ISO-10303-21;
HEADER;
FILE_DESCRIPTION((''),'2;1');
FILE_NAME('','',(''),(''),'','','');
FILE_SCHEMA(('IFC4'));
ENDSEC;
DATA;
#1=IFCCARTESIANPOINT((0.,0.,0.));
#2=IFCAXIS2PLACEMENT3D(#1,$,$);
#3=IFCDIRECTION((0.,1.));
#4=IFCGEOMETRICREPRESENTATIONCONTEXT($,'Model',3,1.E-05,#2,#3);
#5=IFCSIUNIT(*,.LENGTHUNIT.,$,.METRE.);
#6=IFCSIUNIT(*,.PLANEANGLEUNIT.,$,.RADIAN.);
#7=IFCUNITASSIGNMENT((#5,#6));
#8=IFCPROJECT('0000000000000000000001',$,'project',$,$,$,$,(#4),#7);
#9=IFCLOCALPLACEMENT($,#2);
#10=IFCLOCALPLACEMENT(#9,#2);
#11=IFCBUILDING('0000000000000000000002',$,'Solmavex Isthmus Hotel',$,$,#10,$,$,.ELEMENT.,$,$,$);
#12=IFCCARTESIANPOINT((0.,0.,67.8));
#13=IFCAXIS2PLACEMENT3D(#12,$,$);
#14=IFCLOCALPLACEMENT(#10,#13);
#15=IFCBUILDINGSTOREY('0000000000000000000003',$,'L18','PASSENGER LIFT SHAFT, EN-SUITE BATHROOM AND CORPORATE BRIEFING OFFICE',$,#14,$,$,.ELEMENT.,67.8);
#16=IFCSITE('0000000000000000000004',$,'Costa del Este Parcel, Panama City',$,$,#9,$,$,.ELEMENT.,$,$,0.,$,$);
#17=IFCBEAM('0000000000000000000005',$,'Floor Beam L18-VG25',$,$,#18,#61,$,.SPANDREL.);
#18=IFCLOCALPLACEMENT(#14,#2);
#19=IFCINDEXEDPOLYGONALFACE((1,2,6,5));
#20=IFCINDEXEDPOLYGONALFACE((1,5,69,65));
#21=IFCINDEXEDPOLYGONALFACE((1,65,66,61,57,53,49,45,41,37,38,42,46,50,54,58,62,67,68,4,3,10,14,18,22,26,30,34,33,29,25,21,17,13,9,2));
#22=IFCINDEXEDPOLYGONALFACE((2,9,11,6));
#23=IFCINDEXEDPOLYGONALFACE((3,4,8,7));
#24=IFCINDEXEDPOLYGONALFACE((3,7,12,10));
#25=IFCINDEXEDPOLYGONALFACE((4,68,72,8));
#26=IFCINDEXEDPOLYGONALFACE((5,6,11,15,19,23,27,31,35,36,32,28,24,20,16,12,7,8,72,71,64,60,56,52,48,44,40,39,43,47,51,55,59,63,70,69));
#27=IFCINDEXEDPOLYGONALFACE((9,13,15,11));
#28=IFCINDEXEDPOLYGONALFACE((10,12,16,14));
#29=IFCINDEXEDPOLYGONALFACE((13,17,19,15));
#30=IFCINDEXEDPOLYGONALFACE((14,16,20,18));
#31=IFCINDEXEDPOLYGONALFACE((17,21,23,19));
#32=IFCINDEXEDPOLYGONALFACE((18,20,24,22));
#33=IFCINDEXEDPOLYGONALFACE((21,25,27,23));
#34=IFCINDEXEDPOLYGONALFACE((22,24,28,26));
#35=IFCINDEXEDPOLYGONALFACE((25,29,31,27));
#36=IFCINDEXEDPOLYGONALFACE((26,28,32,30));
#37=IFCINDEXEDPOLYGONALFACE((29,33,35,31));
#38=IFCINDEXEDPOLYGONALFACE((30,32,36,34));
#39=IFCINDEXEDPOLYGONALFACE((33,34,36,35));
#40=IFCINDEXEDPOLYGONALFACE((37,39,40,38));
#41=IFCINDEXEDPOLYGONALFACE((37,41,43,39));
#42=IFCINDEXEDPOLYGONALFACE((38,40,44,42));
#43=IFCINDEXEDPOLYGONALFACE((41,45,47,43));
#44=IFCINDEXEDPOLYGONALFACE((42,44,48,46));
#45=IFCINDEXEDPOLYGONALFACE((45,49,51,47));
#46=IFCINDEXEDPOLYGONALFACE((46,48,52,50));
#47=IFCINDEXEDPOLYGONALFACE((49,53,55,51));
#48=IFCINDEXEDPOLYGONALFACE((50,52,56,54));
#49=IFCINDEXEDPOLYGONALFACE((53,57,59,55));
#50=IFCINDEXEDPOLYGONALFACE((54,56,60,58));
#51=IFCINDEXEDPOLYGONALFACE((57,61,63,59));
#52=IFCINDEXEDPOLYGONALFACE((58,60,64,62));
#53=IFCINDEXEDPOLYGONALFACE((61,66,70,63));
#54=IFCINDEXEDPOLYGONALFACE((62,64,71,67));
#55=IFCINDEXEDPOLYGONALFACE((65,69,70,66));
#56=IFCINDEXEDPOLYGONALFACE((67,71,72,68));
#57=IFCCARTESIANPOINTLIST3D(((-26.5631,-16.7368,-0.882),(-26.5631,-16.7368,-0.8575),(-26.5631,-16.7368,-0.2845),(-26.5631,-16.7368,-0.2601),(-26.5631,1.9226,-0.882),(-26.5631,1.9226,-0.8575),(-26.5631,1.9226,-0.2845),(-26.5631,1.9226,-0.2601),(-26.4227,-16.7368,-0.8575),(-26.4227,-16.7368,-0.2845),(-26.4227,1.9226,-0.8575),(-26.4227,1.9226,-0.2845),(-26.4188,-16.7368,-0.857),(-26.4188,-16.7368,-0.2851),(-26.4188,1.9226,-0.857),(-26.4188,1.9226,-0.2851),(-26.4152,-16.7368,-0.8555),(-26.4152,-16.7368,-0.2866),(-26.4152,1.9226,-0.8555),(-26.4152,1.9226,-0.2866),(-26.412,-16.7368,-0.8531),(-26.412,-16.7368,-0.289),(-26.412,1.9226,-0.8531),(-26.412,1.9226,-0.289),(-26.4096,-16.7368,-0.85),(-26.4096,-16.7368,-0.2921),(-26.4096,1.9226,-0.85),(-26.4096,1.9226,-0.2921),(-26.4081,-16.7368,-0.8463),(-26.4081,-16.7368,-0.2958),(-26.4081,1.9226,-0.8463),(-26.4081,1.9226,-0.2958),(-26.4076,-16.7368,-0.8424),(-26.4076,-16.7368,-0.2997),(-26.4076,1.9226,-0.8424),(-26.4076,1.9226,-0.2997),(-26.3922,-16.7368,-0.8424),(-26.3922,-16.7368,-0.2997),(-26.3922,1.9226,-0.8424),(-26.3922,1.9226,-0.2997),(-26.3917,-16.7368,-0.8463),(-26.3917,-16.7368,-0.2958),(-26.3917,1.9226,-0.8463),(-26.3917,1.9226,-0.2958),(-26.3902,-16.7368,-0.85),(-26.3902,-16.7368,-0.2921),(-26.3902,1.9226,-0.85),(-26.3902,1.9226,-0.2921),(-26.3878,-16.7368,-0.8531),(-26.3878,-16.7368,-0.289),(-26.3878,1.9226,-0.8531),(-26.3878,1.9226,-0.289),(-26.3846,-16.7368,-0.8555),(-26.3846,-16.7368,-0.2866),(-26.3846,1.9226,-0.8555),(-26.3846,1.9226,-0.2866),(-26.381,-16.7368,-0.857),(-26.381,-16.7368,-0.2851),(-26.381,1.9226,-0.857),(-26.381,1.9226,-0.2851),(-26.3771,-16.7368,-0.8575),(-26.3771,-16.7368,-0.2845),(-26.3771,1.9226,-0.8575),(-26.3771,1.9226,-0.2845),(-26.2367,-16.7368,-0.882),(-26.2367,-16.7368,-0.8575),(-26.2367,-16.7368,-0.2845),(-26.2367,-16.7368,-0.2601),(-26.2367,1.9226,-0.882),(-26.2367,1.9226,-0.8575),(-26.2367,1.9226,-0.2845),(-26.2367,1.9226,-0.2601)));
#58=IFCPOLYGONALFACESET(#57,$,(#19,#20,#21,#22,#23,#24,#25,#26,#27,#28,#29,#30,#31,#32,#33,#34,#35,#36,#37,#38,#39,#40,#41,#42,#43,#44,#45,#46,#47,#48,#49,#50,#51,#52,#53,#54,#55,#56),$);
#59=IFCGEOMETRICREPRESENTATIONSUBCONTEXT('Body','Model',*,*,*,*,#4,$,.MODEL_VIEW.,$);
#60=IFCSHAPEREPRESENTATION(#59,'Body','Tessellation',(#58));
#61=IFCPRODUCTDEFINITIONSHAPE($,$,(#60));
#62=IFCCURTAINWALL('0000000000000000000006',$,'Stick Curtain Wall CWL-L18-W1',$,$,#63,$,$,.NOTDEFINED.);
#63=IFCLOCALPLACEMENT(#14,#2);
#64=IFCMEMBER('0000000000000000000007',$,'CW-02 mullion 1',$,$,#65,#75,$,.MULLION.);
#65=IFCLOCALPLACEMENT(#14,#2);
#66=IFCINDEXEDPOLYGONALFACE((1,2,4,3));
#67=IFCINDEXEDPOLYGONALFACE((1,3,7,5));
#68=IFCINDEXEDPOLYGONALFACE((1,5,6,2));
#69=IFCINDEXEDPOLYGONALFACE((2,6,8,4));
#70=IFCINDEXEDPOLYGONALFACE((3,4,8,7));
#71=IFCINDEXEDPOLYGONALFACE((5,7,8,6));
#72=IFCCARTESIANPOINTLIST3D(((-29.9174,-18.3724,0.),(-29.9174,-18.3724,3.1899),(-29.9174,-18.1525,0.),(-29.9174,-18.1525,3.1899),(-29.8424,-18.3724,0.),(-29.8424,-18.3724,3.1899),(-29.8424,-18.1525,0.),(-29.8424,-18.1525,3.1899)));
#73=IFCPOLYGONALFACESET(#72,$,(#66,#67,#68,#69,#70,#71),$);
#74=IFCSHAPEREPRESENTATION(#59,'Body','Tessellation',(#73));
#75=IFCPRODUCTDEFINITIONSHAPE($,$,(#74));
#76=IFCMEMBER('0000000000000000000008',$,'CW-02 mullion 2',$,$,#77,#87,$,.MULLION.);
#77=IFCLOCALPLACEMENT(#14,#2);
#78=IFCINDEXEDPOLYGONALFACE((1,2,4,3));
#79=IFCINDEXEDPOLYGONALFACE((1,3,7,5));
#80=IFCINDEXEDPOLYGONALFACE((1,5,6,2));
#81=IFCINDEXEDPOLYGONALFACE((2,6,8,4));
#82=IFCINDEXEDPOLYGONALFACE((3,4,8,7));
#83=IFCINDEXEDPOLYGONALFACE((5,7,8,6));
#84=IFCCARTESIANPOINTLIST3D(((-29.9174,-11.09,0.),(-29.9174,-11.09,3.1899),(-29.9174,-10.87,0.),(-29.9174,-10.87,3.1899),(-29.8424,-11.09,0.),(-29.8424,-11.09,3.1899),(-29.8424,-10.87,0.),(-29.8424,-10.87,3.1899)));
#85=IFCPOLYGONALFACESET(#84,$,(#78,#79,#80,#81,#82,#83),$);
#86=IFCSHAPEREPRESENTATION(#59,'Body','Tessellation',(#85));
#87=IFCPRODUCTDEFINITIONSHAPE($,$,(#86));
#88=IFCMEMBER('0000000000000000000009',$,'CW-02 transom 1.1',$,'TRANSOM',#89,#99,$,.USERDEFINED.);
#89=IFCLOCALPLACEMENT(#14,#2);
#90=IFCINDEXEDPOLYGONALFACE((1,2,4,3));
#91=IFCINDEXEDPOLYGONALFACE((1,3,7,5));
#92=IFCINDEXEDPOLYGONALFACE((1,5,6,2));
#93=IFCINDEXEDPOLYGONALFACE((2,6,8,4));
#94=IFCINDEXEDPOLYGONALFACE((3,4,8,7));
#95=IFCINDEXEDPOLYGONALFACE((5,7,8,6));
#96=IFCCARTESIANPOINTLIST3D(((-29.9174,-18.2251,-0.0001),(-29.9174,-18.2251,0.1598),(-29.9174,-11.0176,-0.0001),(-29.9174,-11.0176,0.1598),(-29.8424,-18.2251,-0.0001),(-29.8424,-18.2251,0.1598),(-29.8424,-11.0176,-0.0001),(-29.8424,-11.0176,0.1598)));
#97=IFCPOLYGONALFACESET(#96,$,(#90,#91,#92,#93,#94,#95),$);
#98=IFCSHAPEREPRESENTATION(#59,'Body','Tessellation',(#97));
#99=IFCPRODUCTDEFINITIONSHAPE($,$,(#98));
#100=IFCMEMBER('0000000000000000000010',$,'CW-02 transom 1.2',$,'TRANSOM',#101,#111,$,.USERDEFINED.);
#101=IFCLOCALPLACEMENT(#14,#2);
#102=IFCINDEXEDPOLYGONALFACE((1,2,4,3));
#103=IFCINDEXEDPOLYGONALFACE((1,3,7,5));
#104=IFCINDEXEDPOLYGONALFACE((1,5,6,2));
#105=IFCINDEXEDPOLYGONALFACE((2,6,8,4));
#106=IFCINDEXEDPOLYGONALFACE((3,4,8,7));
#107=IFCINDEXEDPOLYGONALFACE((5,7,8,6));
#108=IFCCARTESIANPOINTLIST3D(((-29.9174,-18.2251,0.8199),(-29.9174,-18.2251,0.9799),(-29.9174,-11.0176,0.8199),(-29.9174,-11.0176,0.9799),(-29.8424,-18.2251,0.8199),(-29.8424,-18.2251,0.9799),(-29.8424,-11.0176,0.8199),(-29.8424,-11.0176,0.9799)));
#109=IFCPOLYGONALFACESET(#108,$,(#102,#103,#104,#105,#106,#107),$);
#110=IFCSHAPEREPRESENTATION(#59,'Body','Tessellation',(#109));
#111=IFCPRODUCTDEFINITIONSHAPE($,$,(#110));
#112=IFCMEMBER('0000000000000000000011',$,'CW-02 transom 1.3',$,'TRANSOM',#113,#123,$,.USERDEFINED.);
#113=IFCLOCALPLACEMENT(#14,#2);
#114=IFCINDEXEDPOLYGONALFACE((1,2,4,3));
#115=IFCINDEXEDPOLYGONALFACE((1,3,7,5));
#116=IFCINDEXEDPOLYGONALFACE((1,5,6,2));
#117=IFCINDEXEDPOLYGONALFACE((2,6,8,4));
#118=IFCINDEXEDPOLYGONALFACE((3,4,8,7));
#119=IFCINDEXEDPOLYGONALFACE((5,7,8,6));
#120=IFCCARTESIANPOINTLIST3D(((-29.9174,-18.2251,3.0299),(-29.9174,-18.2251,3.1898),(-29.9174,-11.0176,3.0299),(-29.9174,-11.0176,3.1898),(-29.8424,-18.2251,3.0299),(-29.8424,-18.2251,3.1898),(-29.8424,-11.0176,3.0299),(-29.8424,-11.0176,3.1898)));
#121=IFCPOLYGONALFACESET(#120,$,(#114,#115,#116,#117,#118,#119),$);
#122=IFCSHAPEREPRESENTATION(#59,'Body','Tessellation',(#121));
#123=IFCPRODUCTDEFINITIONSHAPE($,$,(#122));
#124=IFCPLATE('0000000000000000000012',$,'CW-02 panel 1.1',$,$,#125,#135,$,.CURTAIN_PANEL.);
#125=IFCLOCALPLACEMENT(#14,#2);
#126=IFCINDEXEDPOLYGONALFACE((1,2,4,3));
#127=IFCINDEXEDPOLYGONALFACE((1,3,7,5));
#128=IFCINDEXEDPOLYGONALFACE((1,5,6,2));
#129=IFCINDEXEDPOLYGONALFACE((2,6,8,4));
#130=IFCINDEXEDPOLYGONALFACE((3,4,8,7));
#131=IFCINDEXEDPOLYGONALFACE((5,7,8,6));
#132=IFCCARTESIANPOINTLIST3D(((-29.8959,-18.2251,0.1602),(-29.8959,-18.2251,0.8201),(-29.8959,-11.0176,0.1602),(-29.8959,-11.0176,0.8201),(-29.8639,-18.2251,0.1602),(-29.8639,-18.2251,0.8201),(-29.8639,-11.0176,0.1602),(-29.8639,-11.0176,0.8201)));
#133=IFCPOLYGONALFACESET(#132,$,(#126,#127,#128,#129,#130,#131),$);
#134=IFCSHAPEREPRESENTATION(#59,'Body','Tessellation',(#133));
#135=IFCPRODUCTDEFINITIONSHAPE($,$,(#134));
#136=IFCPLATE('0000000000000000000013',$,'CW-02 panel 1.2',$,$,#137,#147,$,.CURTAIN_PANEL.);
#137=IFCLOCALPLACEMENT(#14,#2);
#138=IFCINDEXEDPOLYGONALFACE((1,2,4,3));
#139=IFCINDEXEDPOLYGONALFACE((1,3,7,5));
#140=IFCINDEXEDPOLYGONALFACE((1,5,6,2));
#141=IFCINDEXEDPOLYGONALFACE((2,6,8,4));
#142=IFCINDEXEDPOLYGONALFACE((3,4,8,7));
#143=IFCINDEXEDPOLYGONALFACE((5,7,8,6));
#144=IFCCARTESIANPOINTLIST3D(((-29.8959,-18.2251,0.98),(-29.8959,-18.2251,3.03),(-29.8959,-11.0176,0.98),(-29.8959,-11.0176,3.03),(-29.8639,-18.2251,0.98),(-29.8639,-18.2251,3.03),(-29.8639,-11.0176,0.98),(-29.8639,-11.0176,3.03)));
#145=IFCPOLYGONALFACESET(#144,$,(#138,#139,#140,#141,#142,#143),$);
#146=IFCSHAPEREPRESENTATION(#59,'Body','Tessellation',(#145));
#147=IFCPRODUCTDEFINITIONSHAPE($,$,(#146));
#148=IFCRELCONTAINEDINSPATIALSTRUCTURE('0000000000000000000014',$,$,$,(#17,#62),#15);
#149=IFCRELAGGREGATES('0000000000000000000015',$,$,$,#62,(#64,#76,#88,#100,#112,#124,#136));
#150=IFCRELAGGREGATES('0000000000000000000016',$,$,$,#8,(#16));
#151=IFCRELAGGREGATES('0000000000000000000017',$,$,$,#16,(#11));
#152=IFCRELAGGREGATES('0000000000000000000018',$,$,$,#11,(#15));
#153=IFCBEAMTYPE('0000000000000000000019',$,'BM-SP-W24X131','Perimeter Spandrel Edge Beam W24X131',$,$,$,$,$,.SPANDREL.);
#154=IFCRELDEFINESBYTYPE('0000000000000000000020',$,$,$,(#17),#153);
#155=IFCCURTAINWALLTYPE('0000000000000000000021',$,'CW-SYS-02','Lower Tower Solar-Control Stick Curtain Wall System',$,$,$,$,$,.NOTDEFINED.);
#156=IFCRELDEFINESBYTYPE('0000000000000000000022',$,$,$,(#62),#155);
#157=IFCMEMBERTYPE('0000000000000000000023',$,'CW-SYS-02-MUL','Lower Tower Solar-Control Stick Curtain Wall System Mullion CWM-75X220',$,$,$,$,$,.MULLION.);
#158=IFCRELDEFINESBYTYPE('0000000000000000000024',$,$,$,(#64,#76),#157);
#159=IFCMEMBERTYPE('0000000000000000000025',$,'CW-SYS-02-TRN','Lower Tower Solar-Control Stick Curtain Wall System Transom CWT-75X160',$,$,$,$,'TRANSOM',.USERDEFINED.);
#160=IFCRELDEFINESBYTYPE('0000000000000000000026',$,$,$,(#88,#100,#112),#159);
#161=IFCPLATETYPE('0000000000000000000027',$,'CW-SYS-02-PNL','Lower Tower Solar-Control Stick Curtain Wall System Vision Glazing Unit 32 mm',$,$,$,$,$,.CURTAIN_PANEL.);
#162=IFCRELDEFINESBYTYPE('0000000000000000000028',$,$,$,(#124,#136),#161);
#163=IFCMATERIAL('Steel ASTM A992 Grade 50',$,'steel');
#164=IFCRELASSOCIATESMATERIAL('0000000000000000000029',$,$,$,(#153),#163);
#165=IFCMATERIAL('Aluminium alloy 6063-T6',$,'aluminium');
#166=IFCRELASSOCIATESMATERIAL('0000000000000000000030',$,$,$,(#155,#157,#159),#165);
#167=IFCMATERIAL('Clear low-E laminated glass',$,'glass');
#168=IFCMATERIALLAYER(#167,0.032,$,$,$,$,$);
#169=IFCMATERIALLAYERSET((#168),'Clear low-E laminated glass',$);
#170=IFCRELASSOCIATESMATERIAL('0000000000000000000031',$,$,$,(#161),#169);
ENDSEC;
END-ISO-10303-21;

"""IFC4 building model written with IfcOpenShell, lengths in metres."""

from ifc_helpers import new_model, si_unit, direction, frame, origin, origin_2d, place, context, subcontext, project, spatial, rectangle, i_section, extrude, material, layer, layer_set, material_profile, profile_set, type_object, element, aggregate, save


model = new_model("IFC4")

# Units and contexts
model_context = context("Model", 3, precision=1e-05, world=origin(), true_north=direction((0.0, 1.0)))
body_context = subcontext(model_context, "Body", "Model", "MODEL_VIEW")
ifc_project = project(units=[si_unit("LENGTHUNIT", "METRE"), si_unit("PLANEANGLEUNIT", "RADIAN")], contexts=[model_context])

# Site, building, storey
site_placement = place(None, origin())
site = spatial("IfcSite", under=ifc_project, at=site_placement, Name="Costa del Este Parcel, Panama City", CompositionType="ELEMENT", RefElevation=0.0)
building_placement = place(site_placement, origin())
building = spatial("IfcBuilding", under=site, at=building_placement, Name="Solmavex Isthmus Hotel", CompositionType="ELEMENT")
storey_placement = place(building_placement, frame((0.0, 0.0, 67.8)))
storey = spatial("IfcBuildingStorey", under=building, at=storey_placement, Name="L18", Description="PASSENGER LIFT SHAFT, EN-SUITE BATHROOM AND CORPORATE BRIEFING OFFICE", CompositionType="ELEMENT", Elevation=67.8)

# Beam
ifc_material_1 = material(Name="Steel ASTM A992 Grade 50", Category="steel")
ifc_material_profile_1 = material_profile(ifc_material_1, i_section(OverallWidth=0.3264, OverallDepth=0.6218, WebThickness=0.0154, FlangeThickness=0.0244, FilletRadius=0.0151, at=origin_2d()), Name="W24X131")
ifc_profile_set_1 = profile_set([ifc_material_profile_1], Name="Steel ASTM A992 Grade 50")
beam_type_1 = type_object("IfcBeamType", Name="BM-SP-W24X131", Description="Perimeter Spandrel Edge Beam W24X131", PredefinedType="SPANDREL", material=ifc_profile_set_1)
beam_1_placement = place(storey_placement, frame((-26.3999, -16.7368, -0.571), z_axis=(0.0, 1.0, 0.0), x_axis=(-1.0, 0.0, 0.0)))
element("IfcBeam", 1, at=beam_1_placement, inside=storey, type_object=beam_type_1, Name="Floor Beam L18-VG25", PredefinedType="SPANDREL", context=body_context, shape_type="SweptSolid", body=[
    extrude(i_section(OverallWidth=0.3264, OverallDepth=0.6218, WebThickness=0.0154, FlangeThickness=0.0244, FilletRadius=0.0151, at=origin_2d()), origin(), (0.0, 0.0, 1.0), 18.6594),
])

# Curtain wall, members, plates
ifc_material_2 = material(Name="Aluminium alloy 6063-T6", Category="aluminium")
curtain_wall_type = type_object("IfcCurtainWallType", Name="CW-SYS-02", Description="Lower Tower Solar-Control Stick Curtain Wall System", PredefinedType="NOTDEFINED", material=ifc_material_2)
curtain_wall_placement = place(storey_placement, origin())
curtain_wall = element("IfcCurtainWall", 2, at=curtain_wall_placement, inside=storey, type_object=curtain_wall_type, Name="Stick Curtain Wall CWL-L18-W1", PredefinedType="NOTDEFINED")
ifc_material_profile_2 = material_profile(ifc_material_2, rectangle(XDim=0.075, YDim=0.22, at=origin_2d()), Name="CWM-75X220")
ifc_profile_set_2 = profile_set([ifc_material_profile_2], Name="Aluminium alloy 6063-T6")
member_type_1 = type_object("IfcMemberType", Name="CW-SYS-02-MUL", Description="Lower Tower Solar-Control Stick Curtain Wall System Mullion CWM-75X220", PredefinedType="MULLION", material=ifc_profile_set_2)
member_1_placement = place(storey_placement, frame((-29.8799, -18.2625, 0.0), z_axis=(0.0, 0.0, 1.0), x_axis=(-1.0, 0.0, 0.0)))
member_1 = element("IfcMember", 3, at=member_1_placement, type_object=member_type_1, Name="CW-02 mullion 1", PredefinedType="MULLION", context=body_context, shape_type="SweptSolid", body=[
    extrude(rectangle(XDim=0.075, YDim=0.22, at=origin_2d()), origin(), (0.0, 0.0, 1.0), 3.1899),
])
member_2_placement = place(storey_placement, frame((-29.8799, -10.98, 0.0), z_axis=(0.0, 0.0, 1.0), x_axis=(-1.0, 0.0, 0.0)))
member_2 = element("IfcMember", 4, at=member_2_placement, type_object=member_type_1, Name="CW-02 mullion 2", PredefinedType="MULLION", context=body_context, shape_type="SweptSolid", body=[
    extrude(rectangle(XDim=0.075, YDim=0.22, at=origin_2d()), origin(), (0.0, 0.0, 1.0), 3.1899),
])
ifc_material_profile_3 = material_profile(ifc_material_2, rectangle(XDim=0.075, YDim=0.1599, at=origin_2d()), Name="CWT-75X160")
ifc_profile_set_3 = profile_set([ifc_material_profile_3], Name="Aluminium alloy 6063-T6")
member_type_2 = type_object("IfcMemberType", Name="CW-SYS-02-TRN", Description="Lower Tower Solar-Control Stick Curtain Wall System Transom CWT-75X160", ElementType="TRANSOM", PredefinedType="USERDEFINED", material=ifc_profile_set_3)
member_3_placement = place(storey_placement, frame((-29.8799, -18.2251, 0.0798), z_axis=(0.0, 1.0, 0.0), x_axis=(-1.0, 0.0, 0.0)))
member_3 = element("IfcMember", 5, at=member_3_placement, type_object=member_type_2, Name="CW-02 transom 1.1", ObjectType="TRANSOM", PredefinedType="USERDEFINED", context=body_context, shape_type="SweptSolid", body=[
    extrude(rectangle(XDim=0.075, YDim=0.1599, at=origin_2d()), origin(), (0.0, 0.0, 1.0), 7.2075),
])
member_4_placement = place(storey_placement, frame((-29.8799, -18.2251, 0.8999), z_axis=(0.0, 1.0, 0.0), x_axis=(-1.0, 0.0, 0.0)))
member_4 = element("IfcMember", 6, at=member_4_placement, type_object=member_type_2, Name="CW-02 transom 1.2", ObjectType="TRANSOM", PredefinedType="USERDEFINED", context=body_context, shape_type="SweptSolid", body=[
    extrude(rectangle(XDim=0.075, YDim=0.1599, at=origin_2d()), origin(), (0.0, 0.0, 1.0), 7.2075),
])
member_5_placement = place(storey_placement, frame((-29.8799, -18.2251, 3.1099), z_axis=(0.0, 1.0, 0.0), x_axis=(-1.0, 0.0, 0.0)))
member_5 = element("IfcMember", 7, at=member_5_placement, type_object=member_type_2, Name="CW-02 transom 1.3", ObjectType="TRANSOM", PredefinedType="USERDEFINED", context=body_context, shape_type="SweptSolid", body=[
    extrude(rectangle(XDim=0.075, YDim=0.1599, at=origin_2d()), origin(), (0.0, 0.0, 1.0), 7.2075),
])
ifc_material_3 = material(Name="Clear low-E laminated glass", Category="glass")
ifc_layer_1 = layer(ifc_material_3, 0.032)
ifc_layer_set_1 = layer_set([ifc_layer_1], Name="Clear low-E laminated glass")
plate_type = type_object("IfcPlateType", Name="CW-SYS-02-PNL", Description="Lower Tower Solar-Control Stick Curtain Wall System Vision Glazing Unit 32 mm", PredefinedType="CURTAIN_PANEL", material=ifc_layer_set_1)
plate_1_placement = place(storey_placement, frame((-29.8799, -14.6213, 0.1602), z_axis=(0.0, 0.0, 1.0), x_axis=(0.0, 1.0, 0.0)))
plate_1 = element("IfcPlate", 8, at=plate_1_placement, type_object=plate_type, Name="CW-02 panel 1.1", PredefinedType="CURTAIN_PANEL", context=body_context, shape_type="SweptSolid", body=[
    extrude(rectangle(XDim=7.2075, YDim=0.032, at=origin_2d()), origin(), (0.0, 0.0, 1.0), 0.6599),
])
plate_2_placement = place(storey_placement, frame((-29.8799, -14.6213, 0.98), z_axis=(0.0, 0.0, 1.0), x_axis=(0.0, 1.0, 0.0)))
plate_2 = element("IfcPlate", 9, at=plate_2_placement, type_object=plate_type, Name="CW-02 panel 1.2", PredefinedType="CURTAIN_PANEL", context=body_context, shape_type="SweptSolid", body=[
    extrude(rectangle(XDim=7.2075, YDim=0.032, at=origin_2d()), origin(), (0.0, 0.0, 1.0), 2.05),
])
aggregate(curtain_wall, [member_1, member_2, member_3, member_4, member_5, plate_1, plate_2])

save(model, "model.ifc")
